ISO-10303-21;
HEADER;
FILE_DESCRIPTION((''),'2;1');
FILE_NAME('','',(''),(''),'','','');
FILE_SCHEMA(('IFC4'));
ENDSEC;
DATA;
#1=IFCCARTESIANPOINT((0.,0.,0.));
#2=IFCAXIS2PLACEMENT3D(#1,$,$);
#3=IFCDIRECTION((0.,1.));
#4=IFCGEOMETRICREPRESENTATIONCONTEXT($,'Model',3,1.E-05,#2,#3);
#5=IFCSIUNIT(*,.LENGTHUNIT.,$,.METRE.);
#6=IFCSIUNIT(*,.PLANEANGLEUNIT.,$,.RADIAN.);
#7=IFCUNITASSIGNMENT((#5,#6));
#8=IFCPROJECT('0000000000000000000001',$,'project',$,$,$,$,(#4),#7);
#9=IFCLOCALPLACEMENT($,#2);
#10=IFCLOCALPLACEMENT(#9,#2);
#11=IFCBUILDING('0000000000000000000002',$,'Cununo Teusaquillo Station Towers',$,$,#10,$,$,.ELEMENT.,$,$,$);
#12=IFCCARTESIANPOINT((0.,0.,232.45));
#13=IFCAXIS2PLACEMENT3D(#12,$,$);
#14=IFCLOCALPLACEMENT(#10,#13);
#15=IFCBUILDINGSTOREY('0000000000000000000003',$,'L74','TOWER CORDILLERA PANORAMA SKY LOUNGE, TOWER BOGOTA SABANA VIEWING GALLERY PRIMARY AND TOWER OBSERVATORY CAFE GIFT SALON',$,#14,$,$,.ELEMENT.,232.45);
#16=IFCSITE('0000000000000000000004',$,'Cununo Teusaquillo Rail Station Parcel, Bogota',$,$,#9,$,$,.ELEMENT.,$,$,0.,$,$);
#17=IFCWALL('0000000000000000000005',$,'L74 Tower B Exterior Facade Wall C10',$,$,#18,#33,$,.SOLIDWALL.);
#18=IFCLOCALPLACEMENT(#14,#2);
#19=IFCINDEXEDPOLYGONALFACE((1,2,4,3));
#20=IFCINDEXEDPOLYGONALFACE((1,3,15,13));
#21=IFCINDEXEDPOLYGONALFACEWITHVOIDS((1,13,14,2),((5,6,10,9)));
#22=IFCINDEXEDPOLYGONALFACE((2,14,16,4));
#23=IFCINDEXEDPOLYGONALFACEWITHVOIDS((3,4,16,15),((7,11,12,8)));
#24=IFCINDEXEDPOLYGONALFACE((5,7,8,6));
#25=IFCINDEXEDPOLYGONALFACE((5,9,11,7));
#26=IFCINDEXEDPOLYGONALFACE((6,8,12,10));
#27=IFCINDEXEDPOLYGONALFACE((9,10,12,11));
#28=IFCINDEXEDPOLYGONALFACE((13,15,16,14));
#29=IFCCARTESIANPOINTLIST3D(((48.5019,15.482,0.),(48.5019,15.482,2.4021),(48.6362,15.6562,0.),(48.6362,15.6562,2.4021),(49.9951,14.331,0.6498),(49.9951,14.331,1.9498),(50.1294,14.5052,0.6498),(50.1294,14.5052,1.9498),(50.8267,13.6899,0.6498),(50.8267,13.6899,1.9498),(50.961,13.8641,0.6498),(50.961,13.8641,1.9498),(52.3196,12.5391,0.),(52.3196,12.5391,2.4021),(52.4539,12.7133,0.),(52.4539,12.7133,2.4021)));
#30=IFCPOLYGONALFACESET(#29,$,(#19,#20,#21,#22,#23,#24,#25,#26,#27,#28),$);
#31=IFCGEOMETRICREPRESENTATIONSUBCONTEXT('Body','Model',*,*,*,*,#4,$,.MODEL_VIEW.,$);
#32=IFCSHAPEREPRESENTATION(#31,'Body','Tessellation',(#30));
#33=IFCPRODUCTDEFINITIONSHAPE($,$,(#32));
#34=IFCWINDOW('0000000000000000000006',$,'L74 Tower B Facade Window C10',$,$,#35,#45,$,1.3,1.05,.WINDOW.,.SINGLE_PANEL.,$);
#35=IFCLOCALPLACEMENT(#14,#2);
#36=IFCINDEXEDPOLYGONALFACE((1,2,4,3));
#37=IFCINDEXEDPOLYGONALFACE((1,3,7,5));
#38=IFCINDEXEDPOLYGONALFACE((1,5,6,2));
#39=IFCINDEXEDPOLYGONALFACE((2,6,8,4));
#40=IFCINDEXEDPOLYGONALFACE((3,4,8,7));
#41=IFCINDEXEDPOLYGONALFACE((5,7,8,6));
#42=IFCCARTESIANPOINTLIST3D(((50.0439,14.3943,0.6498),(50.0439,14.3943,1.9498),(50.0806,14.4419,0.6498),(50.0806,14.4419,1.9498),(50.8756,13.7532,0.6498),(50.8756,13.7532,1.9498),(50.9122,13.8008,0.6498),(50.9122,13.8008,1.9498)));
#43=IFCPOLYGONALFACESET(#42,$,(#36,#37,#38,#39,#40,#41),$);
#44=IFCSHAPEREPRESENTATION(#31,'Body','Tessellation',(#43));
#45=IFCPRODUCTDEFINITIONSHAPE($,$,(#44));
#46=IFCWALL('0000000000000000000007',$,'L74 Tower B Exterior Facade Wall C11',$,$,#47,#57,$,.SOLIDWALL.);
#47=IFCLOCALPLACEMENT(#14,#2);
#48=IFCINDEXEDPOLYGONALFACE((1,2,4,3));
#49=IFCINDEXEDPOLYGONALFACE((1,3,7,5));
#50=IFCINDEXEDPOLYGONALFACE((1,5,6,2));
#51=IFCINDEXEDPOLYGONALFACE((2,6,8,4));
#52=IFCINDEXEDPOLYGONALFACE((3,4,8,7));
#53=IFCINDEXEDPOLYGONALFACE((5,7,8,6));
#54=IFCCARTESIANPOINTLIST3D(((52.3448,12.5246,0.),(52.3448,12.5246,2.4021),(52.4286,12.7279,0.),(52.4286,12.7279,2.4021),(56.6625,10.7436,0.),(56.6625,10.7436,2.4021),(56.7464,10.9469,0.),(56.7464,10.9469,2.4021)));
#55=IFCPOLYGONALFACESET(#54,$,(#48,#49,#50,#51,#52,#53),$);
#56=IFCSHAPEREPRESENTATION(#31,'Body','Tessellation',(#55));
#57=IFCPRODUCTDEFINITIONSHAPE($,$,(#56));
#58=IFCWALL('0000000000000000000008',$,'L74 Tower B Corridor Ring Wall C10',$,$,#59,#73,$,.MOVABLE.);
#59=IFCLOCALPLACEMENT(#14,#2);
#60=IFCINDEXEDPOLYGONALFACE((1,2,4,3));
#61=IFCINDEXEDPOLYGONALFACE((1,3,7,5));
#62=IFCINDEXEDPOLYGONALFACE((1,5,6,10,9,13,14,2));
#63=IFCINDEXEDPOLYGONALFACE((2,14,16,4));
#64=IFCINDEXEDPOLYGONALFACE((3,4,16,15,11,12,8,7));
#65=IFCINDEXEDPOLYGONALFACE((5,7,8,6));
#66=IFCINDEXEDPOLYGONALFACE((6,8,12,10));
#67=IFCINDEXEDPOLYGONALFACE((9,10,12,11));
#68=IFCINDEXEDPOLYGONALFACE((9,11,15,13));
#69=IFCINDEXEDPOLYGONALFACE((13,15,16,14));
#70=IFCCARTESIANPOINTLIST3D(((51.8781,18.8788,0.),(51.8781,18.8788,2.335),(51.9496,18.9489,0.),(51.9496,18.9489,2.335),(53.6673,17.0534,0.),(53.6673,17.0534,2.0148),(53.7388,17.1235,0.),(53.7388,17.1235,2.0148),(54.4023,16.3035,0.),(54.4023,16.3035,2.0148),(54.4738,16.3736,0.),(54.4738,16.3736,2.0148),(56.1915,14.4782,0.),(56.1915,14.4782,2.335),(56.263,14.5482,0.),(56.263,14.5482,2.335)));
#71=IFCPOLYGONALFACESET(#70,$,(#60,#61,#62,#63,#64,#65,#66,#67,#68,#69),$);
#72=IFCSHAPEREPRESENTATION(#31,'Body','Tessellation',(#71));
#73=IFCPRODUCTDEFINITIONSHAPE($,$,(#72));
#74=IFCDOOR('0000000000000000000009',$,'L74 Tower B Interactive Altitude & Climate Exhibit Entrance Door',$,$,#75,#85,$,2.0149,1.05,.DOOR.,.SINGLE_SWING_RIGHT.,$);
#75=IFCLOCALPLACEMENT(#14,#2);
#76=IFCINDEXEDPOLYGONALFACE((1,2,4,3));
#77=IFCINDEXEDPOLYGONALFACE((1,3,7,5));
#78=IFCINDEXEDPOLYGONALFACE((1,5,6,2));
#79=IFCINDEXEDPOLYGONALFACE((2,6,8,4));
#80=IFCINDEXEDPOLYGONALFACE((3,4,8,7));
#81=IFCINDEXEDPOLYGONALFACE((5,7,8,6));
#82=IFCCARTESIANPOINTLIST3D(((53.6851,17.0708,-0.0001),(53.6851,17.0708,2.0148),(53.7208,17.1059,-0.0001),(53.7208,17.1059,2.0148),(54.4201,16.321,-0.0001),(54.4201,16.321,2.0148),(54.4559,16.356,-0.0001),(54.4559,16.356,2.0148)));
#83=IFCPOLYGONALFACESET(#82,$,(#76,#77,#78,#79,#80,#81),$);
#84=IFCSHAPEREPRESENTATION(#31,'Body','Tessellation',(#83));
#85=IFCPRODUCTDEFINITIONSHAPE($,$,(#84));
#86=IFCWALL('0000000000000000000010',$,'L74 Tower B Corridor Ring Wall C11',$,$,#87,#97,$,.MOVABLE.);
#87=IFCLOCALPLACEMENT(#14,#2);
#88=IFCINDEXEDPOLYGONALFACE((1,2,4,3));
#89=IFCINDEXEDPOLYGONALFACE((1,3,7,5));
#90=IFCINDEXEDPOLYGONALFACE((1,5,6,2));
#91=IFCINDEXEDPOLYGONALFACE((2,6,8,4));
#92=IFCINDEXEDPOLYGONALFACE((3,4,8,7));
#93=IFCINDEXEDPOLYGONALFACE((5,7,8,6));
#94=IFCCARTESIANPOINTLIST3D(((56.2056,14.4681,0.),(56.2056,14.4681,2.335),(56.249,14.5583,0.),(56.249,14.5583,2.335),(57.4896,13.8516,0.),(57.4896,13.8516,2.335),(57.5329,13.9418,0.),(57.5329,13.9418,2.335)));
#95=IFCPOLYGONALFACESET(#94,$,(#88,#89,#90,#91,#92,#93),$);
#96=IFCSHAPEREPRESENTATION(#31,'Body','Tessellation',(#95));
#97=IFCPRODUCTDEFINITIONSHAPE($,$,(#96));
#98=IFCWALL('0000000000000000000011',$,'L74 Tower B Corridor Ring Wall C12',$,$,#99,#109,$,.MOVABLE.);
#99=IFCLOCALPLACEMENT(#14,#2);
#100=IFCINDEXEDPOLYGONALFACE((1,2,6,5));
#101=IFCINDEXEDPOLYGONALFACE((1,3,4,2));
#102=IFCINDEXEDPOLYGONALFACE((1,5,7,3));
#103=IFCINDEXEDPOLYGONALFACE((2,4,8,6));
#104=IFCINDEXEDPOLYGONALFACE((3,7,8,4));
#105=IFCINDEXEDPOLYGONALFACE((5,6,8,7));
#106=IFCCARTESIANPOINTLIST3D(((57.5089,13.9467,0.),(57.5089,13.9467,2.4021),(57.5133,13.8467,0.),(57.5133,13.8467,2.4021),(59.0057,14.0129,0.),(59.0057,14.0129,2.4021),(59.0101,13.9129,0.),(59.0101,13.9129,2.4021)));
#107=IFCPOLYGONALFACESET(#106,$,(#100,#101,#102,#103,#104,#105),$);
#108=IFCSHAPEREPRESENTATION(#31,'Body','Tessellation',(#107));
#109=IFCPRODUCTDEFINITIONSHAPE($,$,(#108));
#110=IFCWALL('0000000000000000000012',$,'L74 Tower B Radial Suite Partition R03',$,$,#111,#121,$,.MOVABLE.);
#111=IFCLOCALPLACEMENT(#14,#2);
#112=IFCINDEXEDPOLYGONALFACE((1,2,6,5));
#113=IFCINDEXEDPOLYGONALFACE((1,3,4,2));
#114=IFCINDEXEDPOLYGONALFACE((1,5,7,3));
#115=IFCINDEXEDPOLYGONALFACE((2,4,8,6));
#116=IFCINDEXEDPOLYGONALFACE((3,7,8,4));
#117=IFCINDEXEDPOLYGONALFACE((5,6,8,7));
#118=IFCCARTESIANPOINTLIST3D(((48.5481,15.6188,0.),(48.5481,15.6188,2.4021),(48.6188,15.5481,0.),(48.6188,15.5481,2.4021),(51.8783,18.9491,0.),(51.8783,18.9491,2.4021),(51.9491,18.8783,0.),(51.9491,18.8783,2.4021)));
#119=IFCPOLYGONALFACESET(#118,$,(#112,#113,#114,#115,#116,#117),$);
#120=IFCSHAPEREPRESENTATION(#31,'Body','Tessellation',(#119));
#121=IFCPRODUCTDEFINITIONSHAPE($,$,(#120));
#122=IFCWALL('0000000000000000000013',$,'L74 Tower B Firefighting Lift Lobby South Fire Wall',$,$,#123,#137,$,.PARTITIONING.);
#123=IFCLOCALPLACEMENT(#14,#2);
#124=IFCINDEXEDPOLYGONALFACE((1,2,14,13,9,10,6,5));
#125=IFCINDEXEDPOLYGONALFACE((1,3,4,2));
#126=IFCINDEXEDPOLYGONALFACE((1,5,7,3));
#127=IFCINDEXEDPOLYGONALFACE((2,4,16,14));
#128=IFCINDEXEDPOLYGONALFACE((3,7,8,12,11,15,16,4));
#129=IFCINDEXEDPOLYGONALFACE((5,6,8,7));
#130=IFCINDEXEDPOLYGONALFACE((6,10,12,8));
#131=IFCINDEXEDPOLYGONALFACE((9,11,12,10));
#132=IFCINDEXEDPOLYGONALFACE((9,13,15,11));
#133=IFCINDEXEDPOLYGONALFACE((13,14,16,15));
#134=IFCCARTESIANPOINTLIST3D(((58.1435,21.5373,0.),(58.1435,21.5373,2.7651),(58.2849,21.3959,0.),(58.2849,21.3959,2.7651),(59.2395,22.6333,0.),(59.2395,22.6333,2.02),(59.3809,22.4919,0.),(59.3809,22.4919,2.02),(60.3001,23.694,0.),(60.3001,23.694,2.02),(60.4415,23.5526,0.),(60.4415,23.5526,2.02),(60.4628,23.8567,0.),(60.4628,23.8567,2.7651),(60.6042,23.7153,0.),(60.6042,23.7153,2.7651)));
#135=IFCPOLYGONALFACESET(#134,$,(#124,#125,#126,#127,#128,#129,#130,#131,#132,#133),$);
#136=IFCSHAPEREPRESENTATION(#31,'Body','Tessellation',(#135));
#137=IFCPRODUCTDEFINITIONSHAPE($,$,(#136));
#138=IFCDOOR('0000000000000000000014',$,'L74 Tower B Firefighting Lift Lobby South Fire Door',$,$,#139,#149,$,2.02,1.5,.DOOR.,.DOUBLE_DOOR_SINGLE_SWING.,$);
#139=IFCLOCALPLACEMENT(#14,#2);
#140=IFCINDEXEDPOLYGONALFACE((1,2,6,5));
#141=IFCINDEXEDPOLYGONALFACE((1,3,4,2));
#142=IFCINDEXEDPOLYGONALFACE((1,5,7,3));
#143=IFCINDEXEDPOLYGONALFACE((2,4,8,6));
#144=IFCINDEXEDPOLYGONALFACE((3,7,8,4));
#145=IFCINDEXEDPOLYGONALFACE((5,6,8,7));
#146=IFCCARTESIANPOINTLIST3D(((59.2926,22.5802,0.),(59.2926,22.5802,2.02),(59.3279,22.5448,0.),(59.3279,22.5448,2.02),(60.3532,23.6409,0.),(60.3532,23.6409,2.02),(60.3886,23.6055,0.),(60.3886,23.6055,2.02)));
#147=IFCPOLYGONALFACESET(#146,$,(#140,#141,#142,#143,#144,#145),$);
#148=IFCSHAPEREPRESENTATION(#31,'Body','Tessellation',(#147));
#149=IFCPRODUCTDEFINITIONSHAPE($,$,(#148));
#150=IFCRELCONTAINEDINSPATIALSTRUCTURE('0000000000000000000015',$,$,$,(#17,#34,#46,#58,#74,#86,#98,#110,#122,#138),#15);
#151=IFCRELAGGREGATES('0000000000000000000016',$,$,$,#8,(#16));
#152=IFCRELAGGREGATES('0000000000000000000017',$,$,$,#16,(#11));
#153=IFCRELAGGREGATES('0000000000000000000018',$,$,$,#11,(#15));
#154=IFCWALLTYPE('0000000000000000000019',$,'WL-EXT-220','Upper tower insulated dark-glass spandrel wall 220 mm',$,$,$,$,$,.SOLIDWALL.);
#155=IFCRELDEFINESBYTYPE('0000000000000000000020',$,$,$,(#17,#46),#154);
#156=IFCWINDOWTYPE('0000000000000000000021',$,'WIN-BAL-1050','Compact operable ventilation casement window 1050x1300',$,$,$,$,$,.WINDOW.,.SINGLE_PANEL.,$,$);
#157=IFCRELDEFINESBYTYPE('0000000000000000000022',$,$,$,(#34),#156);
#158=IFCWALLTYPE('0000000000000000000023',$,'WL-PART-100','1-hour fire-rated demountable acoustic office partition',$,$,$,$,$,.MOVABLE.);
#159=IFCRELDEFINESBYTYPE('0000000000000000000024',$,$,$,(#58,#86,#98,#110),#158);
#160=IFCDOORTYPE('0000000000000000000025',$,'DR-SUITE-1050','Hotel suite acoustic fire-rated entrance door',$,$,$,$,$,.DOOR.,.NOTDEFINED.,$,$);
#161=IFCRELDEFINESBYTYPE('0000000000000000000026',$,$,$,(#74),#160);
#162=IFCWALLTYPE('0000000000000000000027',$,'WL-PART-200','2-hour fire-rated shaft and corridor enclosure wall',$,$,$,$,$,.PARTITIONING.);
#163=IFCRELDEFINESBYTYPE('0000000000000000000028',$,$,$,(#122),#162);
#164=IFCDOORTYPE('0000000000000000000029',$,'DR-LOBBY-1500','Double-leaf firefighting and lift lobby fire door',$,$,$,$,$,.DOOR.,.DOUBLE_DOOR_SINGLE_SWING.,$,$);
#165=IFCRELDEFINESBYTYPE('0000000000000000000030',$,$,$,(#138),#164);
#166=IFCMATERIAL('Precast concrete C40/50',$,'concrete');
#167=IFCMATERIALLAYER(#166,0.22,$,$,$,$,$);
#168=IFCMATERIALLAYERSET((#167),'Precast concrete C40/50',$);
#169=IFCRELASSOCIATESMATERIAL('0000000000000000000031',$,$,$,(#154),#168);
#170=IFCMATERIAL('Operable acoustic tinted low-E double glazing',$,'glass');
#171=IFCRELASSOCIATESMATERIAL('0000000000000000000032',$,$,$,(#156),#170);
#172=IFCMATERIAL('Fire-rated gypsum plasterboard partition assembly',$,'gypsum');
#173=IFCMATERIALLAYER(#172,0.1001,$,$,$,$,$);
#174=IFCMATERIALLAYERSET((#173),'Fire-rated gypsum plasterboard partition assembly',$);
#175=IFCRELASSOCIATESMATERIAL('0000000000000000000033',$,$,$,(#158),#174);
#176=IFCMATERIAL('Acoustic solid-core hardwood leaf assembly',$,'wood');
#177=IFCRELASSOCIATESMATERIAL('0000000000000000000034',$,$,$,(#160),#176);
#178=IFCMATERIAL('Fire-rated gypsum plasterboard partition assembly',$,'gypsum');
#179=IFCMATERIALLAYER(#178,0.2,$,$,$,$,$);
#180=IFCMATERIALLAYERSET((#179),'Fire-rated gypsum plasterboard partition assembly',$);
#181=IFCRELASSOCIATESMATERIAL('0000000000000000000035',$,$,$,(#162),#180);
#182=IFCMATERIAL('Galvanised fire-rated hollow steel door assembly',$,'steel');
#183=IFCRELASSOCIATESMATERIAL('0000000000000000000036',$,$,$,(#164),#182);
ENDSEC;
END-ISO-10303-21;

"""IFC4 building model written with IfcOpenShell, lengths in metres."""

from ifc_helpers import new_model, si_unit, direction, frame, frame_2d, origin, place, context, subcontext, project, spatial, rectangle, extrude, source, transform, mapped, material, layer, layer_set, type_object, element, fill, save


model = new_model("IFC4")

# Units and contexts
model_context = context("Model", 3, precision=1e-05, world=origin(), true_north=direction((0.0, 1.0)))
body_context = subcontext(model_context, "Body", "Model", "MODEL_VIEW")
ifc_project = project(units=[si_unit("LENGTHUNIT", "METRE"), si_unit("PLANEANGLEUNIT", "RADIAN")], contexts=[model_context])

# Site, building, storey
site_placement = place(None, origin())
site = spatial("IfcSite", under=ifc_project, at=site_placement, Name="Cununo Teusaquillo Rail Station Parcel, Bogota", CompositionType="ELEMENT", RefElevation=0.0)
building_placement = place(site_placement, origin())
building = spatial("IfcBuilding", under=site, at=building_placement, Name="Cununo Teusaquillo Station Towers", CompositionType="ELEMENT")
storey_placement = place(building_placement, frame((0.0, 0.0, 232.45)))
storey = spatial("IfcBuildingStorey", under=building, at=storey_placement, Name="L74", Description="TOWER CORDILLERA PANORAMA SKY LOUNGE, TOWER BOGOTA SABANA VIEWING GALLERY PRIMARY AND TOWER OBSERVATORY CAFE GIFT SALON", CompositionType="ELEMENT", Elevation=232.45)

# Wall, opening, window
ifc_material_1 = material(Name="Precast concrete C40/50", Category="concrete")
ifc_layer_1 = layer(ifc_material_1, 0.22)
ifc_layer_set_1 = layer_set([ifc_layer_1], Name="Precast concrete C40/50")
wall_type_1 = type_object("IfcWallType", Name="WL-EXT-220", Description="Upper tower insulated dark-glass spandrel wall 220 mm", PredefinedType="SOLIDWALL", material=ifc_layer_set_1)
wall_1_placement = place(storey_placement, frame((52.3867, 12.6262, 0.0), z_axis=(0.0, 0.0, 1.0), x_axis=(-0.791998, 0.610523, 0.0)))
wall_1 = element("IfcWall", 1, at=wall_1_placement, inside=storey, type_object=wall_type_1, Name="L74 Tower B Exterior Facade Wall C10", PredefinedType="SOLIDWALL", context=body_context, shape_type="SweptSolid", body=[
    extrude(rectangle(XDim=4.8203, YDim=0.22, at=frame_2d((2.4102, 0.0))), origin(), (0.0, 0.0, 1.0), 2.4021),
])
shared_shape_1 = source(origin(), body_context, "Body", "SweptSolid", [
    extrude(rectangle(XDim=1.05, YDim=1.3, at=frame_2d((0.5249, 0.6499))), frame((0.0, 0.1199, 0.0), z_axis=(0.0, -1.0, 0.0), x_axis=(1.0, 0.0, 0.0)), (0.0, 0.0, 1.0), 0.24),
])
opening_1_placement = place(wall_1_placement, frame((1.885, 0.0, 0.6499)))
opening_1 = element("IfcOpeningElement", 2, at=opening_1_placement, cuts=wall_1, PredefinedType="OPENING", context=body_context, shape_type="MappedRepresentation", body=[
    mapped(shared_shape_1, transform((0.0, 0.0, 0.0), x_axis=(1.0, 0.0, 0.0), y_axis=(0.0, 1.0, 0.0), z_axis=(0.0, 0.0, 1.0), scale=1.0)),
])
ifc_material_2 = material(Name="Operable acoustic tinted low-E double glazing", Category="glass")
window_type = type_object("IfcWindowType", Name="WIN-BAL-1050", Description="Compact operable ventilation casement window 1050x1300", PartitioningType="SINGLE_PANEL", PredefinedType="WINDOW", material=ifc_material_2)
shared_shape_2 = source(origin(), body_context, "Body", "SweptSolid", [
    extrude(rectangle(XDim=1.05, YDim=1.3, at=frame_2d((0.5249, 0.6499))), frame((0.0, 0.03, 0.0), z_axis=(0.0, -1.0, 0.0), x_axis=(1.0, 0.0, 0.0)), (0.0, 0.0, 1.0), 0.0601),
])
window_placement = place(opening_1_placement, origin())
window = element("IfcWindow", 3, at=window_placement, inside=storey, type_object=window_type, Name="L74 Tower B Facade Window C10", OverallHeight=1.3, OverallWidth=1.05, PartitioningType="SINGLE_PANEL", PredefinedType="WINDOW", context=body_context, shape_type="MappedRepresentation", body=[
    mapped(shared_shape_2, transform((0.0, 0.0, 0.0), x_axis=(1.0, 0.0, 0.0), y_axis=(0.0, 1.0, 0.0), z_axis=(0.0, 0.0, 1.0), scale=1.0)),
])
fill(opening_1, window)

# Wall
wall_2_placement = place(storey_placement, frame((56.7046, 10.8452, 0.0), z_axis=(0.0, 0.0, 1.0), x_axis=(-0.924447, 0.38131, 0.0)))
element("IfcWall", 4, at=wall_2_placement, inside=storey, type_object=wall_type_1, Name="L74 Tower B Exterior Facade Wall C11", PredefinedType="SOLIDWALL", context=body_context, shape_type="SweptSolid", body=[
    extrude(rectangle(XDim=4.6707, YDim=0.22, at=frame_2d((2.3354, 0.0))), origin(), (0.0, 0.0, 1.0), 2.4021),
])

# Wall, opening, door
ifc_material_3 = material(Name="Fire-rated gypsum plasterboard partition assembly", Category="gypsum")
ifc_layer_2 = layer(ifc_material_3, 0.1001)
ifc_layer_set_2 = layer_set([ifc_layer_2], Name="Fire-rated gypsum plasterboard partition assembly")
wall_type_2 = type_object("IfcWallType", Name="WL-PART-100", Description="1-hour fire-rated demountable acoustic office partition", PredefinedType="MOVABLE", material=ifc_layer_set_2)
wall_3_placement = place(storey_placement, frame((51.9138, 18.9138, 0.0), z_axis=(0.0, 0.0, 1.0), x_axis=(0.699999, -0.714144, 0.0)))
wall_3 = element("IfcWall", 5, at=wall_3_placement, inside=storey, type_object=wall_type_2, Name="L74 Tower B Corridor Ring Wall C10", PredefinedType="MOVABLE", context=body_context, shape_type="SweptSolid", body=[
    extrude(rectangle(XDim=6.1621, YDim=0.1001, at=frame_2d((3.0811, 0.0))), origin(), (0.0, 0.0, 1.0), 2.335),
])
shared_shape_3 = source(origin(), body_context, "Body", "SweptSolid", [
    extrude(rectangle(XDim=1.05, YDim=2.0149, at=frame_2d((0.5249, 1.0073))), frame((0.0, 0.0601, 0.0), z_axis=(0.0, -1.0, 0.0), x_axis=(1.0, 0.0, 0.0)), (0.0, 0.0, 1.0), 0.1201),
])
opening_2_placement = place(wall_3_placement, frame((2.5562, 0.0, 0.0)))
opening_2 = element("IfcOpeningElement", 6, at=opening_2_placement, cuts=wall_3, PredefinedType="OPENING", context=body_context, shape_type="MappedRepresentation", body=[
    mapped(shared_shape_3, transform((0.0, 0.0, 0.0), x_axis=(1.0, 0.0, 0.0), y_axis=(0.0, 1.0, 0.0), z_axis=(0.0, 0.0, 1.0), scale=1.0)),
])
ifc_material_4 = material(Name="Acoustic solid-core hardwood leaf assembly", Category="wood")
door_type_1 = type_object("IfcDoorType", Name="DR-SUITE-1050", Description="Hotel suite acoustic fire-rated entrance door", OperationType="NOTDEFINED", PredefinedType="DOOR", material=ifc_material_4)
shared_shape_4 = source(origin(), body_context, "Body", "SweptSolid", [
    extrude(rectangle(XDim=1.05, YDim=2.0149, at=frame_2d((0.5249, 1.0073))), frame((0.0, 0.0249, 0.0), z_axis=(0.0, -1.0, 0.0), x_axis=(1.0, 0.0, 0.0)), (0.0, 0.0, 1.0), 0.05),
])
door_1_placement = place(opening_2_placement, origin())
door_1 = element("IfcDoor", 7, at=door_1_placement, inside=storey, type_object=door_type_1, Name="L74 Tower B Interactive Altitude & Climate Exhibit Entrance Door", OperationType="SINGLE_SWING_RIGHT", OverallHeight=2.0149, OverallWidth=1.05, PredefinedType="DOOR", context=body_context, shape_type="MappedRepresentation", body=[
    mapped(shared_shape_4, transform((0.0, 0.0, 0.0), x_axis=(1.0, 0.0, 0.0), y_axis=(0.0, 1.0, 0.0), z_axis=(0.0, 0.0, 1.0), scale=1.0)),
])
fill(opening_2, door_1)

# Walls
wall_4_placement = place(storey_placement, frame((56.2273, 14.5132, 0.0), z_axis=(0.0, 0.0, 1.0), x_axis=(0.901478, -0.432826, 0.0)))
element("IfcWall", 8, at=wall_4_placement, inside=storey, type_object=wall_type_2, Name="L74 Tower B Corridor Ring Wall C11", PredefinedType="MOVABLE", context=body_context, shape_type="SweptSolid", body=[
    extrude(rectangle(XDim=1.4243, YDim=0.1001, at=frame_2d((0.7122, 0.0))), origin(), (0.0, 0.0, 1.0), 2.335),
])
wall_5_placement = place(storey_placement, frame((57.5112, 13.8967, 0.0), z_axis=(0.0, 0.0, 1.0), x_axis=(0.999025, 0.044158, 0.0)))
element("IfcWall", 9, at=wall_5_placement, inside=storey, type_object=wall_type_2, Name="L74 Tower B Corridor Ring Wall C12", PredefinedType="MOVABLE", context=body_context, shape_type="SweptSolid", body=[
    extrude(rectangle(XDim=1.4983, YDim=0.1001, at=frame_2d((0.749, 0.0))), origin(), (0.0, 0.0, 1.0), 2.4021),
])
wall_6_placement = place(storey_placement, frame((51.9138, 18.9138, 0.0), z_axis=(0.0, 0.0, 1.0), x_axis=(-0.707107, -0.707107, 0.0)))
element("IfcWall", 10, at=wall_6_placement, inside=storey, type_object=wall_type_2, Name="L74 Tower B Radial Suite Partition R03", PredefinedType="MOVABLE", context=body_context, shape_type="SweptSolid", body=[
    extrude(rectangle(XDim=4.7097, YDim=0.1001, at=frame_2d((2.355, 0.0))), origin(), (0.0, 0.0, 1.0), 2.4021),
])

# Wall, opening, door
ifc_material_5 = material(Name="Fire-rated gypsum plasterboard partition assembly", Category="gypsum")
ifc_layer_3 = layer(ifc_material_5, 0.2)
ifc_layer_set_3 = layer_set([ifc_layer_3], Name="Fire-rated gypsum plasterboard partition assembly")
wall_type_3 = type_object("IfcWallType", Name="WL-PART-200", Description="2-hour fire-rated shaft and corridor enclosure wall", PredefinedType="PARTITIONING", material=ifc_layer_set_3)
wall_7_placement = place(storey_placement, frame((58.2141, 21.4666, 0.0), z_axis=(0.0, 0.0, 1.0), x_axis=(0.707107, 0.707107, 0.0)))
wall_7 = element("IfcWall", 11, at=wall_7_placement, inside=storey, type_object=wall_type_3, Name="L74 Tower B Firefighting Lift Lobby South Fire Wall", PredefinedType="PARTITIONING", context=body_context, shape_type="SweptSolid", body=[
    extrude(rectangle(XDim=3.28, YDim=0.2, at=frame_2d((1.6401, 0.0))), origin(), (0.0, 0.0, 1.0), 2.7651),
])
shared_shape_5 = source(origin(), body_context, "Body", "SweptSolid", [
    extrude(rectangle(XDim=1.5, YDim=2.02, at=frame_2d((0.75, 1.01))), frame((0.0, 0.1099, 0.0), z_axis=(0.0, -1.0, 0.0), x_axis=(1.0, 0.0, 0.0)), (0.0, 0.0, 1.0), 0.22),
])
opening_3_placement = place(wall_7_placement, frame((1.55, 0.0, 0.0)))
opening_3 = element("IfcOpeningElement", 12, at=opening_3_placement, cuts=wall_7, PredefinedType="OPENING", context=body_context, shape_type="MappedRepresentation", body=[
    mapped(shared_shape_5, transform((0.0, 0.0, 0.0), x_axis=(1.0, 0.0, 0.0), y_axis=(0.0, 1.0, 0.0), z_axis=(0.0, 0.0, 1.0), scale=1.0)),
])
ifc_material_6 = material(Name="Galvanised fire-rated hollow steel door assembly", Category="steel")
door_type_2 = type_object("IfcDoorType", Name="DR-LOBBY-1500", Description="Double-leaf firefighting and lift lobby fire door", OperationType="DOUBLE_DOOR_SINGLE_SWING", PredefinedType="DOOR", material=ifc_material_6)
shared_shape_6 = source(origin(), body_context, "Body", "SweptSolid", [
    extrude(rectangle(XDim=1.5, YDim=2.02, at=frame_2d((0.75, 1.01))), frame((0.0, 0.0249, 0.0), z_axis=(0.0, -1.0, 0.0), x_axis=(1.0, 0.0, 0.0)), (0.0, 0.0, 1.0), 0.05),
])
door_2_placement = place(opening_3_placement, origin())
door_2 = element("IfcDoor", 13, at=door_2_placement, inside=storey, type_object=door_type_2, Name="L74 Tower B Firefighting Lift Lobby South Fire Door", OperationType="DOUBLE_DOOR_SINGLE_SWING", OverallHeight=2.02, OverallWidth=1.5, PredefinedType="DOOR", context=body_context, shape_type="MappedRepresentation", body=[
    mapped(shared_shape_6, transform((0.0, 0.0, 0.0), x_axis=(1.0, 0.0, 0.0), y_axis=(0.0, 1.0, 0.0), z_axis=(0.0, 0.0, 1.0), scale=1.0)),
])
fill(opening_3, door_2)

save(model, "model.ifc")
